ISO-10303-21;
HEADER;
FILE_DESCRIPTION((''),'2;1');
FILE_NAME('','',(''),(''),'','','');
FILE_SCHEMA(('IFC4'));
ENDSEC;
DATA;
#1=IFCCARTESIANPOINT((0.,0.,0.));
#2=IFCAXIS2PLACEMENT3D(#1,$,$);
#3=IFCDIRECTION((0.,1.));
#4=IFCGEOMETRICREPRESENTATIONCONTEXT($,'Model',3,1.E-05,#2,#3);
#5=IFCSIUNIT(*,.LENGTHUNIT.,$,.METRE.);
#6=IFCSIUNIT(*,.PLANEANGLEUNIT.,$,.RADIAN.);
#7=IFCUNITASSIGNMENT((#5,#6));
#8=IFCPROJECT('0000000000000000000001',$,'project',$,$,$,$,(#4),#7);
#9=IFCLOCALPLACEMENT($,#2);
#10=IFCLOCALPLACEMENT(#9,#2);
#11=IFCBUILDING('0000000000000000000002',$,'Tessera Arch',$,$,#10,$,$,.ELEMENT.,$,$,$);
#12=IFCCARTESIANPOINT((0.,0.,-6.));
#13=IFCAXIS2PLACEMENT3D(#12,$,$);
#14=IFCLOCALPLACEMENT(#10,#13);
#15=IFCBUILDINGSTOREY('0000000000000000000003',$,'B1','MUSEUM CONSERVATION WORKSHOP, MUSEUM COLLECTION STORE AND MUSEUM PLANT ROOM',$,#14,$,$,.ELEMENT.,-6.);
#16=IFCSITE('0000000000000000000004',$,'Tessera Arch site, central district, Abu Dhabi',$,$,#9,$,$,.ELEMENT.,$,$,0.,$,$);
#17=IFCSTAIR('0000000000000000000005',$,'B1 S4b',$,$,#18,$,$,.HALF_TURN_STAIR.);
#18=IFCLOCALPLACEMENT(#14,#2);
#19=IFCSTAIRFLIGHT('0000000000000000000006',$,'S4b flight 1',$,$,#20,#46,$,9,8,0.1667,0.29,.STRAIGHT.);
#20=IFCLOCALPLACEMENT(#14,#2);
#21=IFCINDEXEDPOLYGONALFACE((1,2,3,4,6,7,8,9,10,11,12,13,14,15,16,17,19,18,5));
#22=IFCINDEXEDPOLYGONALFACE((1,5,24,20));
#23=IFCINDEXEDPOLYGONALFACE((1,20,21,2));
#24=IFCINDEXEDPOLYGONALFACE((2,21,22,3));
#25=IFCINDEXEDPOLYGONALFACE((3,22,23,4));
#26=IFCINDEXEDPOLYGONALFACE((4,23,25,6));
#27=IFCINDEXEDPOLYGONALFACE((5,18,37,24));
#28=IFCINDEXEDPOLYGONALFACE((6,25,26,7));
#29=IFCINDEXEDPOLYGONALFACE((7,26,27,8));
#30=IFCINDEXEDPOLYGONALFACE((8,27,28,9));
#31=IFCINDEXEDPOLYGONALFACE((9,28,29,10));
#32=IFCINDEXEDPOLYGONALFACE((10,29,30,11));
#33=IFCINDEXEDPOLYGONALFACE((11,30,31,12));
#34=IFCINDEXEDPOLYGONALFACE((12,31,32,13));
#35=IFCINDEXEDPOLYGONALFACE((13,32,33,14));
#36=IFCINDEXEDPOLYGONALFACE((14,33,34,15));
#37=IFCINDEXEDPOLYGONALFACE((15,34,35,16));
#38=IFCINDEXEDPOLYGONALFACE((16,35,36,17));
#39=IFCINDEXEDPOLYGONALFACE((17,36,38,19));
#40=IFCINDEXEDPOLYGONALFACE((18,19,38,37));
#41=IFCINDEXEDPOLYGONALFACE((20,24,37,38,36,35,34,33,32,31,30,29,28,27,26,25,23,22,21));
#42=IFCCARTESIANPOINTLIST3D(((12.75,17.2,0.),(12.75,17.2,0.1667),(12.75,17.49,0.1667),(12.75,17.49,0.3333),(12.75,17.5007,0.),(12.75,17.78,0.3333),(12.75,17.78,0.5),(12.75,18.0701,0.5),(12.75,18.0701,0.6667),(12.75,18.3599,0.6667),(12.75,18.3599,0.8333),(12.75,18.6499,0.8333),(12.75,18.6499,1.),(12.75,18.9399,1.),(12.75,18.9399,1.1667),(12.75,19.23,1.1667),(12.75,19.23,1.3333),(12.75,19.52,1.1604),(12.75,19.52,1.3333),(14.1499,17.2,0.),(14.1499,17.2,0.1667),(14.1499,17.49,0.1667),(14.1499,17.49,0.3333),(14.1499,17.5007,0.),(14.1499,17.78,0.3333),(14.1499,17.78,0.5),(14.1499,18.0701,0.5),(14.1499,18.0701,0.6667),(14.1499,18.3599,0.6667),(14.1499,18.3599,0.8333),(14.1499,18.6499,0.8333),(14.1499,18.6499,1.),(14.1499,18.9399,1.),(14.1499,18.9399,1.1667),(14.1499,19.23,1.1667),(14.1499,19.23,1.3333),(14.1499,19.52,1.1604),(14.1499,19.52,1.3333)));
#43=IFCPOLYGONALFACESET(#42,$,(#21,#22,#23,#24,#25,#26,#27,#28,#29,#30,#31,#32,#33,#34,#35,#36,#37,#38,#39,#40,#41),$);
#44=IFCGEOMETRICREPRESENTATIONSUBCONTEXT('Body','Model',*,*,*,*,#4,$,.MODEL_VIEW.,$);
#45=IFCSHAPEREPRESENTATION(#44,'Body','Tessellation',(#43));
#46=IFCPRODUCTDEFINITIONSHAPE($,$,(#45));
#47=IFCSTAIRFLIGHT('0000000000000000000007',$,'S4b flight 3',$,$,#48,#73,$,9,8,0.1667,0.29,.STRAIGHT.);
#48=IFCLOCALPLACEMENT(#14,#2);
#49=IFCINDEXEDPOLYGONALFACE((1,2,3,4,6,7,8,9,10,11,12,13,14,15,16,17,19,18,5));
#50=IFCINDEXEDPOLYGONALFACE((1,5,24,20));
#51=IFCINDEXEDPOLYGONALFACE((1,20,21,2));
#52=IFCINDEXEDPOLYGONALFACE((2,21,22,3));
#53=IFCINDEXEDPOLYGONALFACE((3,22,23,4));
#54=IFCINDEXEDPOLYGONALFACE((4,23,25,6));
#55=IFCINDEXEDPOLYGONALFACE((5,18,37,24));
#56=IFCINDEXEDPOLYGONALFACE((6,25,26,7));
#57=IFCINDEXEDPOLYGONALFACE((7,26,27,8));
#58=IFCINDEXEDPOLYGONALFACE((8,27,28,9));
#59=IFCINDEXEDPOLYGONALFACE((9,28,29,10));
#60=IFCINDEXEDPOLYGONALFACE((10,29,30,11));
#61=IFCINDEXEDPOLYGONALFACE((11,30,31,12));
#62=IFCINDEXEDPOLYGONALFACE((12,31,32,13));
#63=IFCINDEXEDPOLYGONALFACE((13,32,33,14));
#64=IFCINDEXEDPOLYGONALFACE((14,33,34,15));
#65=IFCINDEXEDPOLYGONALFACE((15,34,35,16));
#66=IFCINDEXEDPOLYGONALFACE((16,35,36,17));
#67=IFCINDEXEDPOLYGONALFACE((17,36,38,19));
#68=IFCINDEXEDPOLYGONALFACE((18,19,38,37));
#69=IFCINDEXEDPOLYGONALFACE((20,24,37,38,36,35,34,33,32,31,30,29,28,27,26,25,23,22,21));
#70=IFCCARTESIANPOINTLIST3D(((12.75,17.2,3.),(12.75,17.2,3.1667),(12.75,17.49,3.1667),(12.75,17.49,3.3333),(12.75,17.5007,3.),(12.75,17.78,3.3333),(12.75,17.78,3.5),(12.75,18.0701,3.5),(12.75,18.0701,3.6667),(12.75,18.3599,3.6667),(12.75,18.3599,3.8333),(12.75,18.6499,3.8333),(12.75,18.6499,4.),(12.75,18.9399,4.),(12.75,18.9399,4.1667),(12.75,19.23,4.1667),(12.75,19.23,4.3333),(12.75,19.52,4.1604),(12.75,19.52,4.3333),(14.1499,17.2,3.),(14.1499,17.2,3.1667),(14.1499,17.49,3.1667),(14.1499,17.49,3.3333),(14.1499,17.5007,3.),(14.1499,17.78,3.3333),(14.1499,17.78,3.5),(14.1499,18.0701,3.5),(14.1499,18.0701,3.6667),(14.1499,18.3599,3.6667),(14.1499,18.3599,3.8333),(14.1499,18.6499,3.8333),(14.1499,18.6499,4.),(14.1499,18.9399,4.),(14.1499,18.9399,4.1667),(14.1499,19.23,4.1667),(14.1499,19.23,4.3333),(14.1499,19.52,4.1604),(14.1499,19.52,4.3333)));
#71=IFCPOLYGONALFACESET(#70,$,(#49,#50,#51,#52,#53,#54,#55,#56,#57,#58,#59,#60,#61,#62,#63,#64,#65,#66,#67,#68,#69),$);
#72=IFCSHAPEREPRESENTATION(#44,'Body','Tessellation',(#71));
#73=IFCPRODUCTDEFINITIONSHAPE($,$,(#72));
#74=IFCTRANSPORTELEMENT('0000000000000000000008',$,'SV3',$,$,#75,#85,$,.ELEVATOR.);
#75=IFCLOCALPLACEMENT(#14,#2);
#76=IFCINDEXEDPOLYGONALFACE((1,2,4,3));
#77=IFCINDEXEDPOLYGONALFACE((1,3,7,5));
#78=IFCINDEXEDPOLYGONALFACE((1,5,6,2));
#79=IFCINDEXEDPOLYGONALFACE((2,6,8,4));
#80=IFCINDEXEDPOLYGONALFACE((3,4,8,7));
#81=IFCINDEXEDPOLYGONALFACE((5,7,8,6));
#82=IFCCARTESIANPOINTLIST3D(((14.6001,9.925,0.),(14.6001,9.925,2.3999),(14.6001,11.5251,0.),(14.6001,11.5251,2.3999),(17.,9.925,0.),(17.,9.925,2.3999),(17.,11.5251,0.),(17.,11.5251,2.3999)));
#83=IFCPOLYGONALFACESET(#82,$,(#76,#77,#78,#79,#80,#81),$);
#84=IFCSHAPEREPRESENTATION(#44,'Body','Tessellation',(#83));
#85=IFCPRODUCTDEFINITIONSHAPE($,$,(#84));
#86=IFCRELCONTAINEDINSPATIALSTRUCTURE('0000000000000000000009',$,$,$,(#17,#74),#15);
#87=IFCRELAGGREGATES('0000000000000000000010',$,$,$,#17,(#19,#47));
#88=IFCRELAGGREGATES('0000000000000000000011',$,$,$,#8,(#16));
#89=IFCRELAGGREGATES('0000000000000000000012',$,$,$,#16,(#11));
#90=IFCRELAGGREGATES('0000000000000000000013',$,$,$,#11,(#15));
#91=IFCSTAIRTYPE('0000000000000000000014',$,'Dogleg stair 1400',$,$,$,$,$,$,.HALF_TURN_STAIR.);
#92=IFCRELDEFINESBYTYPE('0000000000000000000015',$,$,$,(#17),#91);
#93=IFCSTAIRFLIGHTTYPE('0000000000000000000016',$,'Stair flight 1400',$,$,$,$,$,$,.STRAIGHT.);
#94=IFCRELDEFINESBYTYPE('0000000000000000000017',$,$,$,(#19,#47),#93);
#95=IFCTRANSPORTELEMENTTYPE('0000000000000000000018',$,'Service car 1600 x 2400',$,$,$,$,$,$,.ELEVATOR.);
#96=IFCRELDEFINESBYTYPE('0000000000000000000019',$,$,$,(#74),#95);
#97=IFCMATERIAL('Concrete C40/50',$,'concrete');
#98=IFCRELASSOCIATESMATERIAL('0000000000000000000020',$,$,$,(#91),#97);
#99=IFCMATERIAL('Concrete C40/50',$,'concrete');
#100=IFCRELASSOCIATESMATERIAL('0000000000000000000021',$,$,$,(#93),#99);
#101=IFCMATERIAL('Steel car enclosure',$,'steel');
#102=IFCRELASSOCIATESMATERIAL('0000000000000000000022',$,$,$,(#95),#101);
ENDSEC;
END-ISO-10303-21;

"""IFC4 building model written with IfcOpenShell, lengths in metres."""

from ifc_helpers import new_model, si_unit, direction, frame, origin, origin_2d, place, context, subcontext, project, spatial, polyline, rectangle, outline, extrude, material, type_object, element, aggregate, save


model = new_model("IFC4")

# Units and contexts
model_context = context("Model", 3, precision=1e-05, world=origin(), true_north=direction((0.0, 1.0)))
body_context = subcontext(model_context, "Body", "Model", "MODEL_VIEW")
ifc_project = project(units=[si_unit("LENGTHUNIT", "METRE"), si_unit("PLANEANGLEUNIT", "RADIAN")], contexts=[model_context])

# Site, building, storey
site_placement = place(None, origin())
site = spatial("IfcSite", under=ifc_project, at=site_placement, Name="Tessera Arch site, central district, Abu Dhabi", CompositionType="ELEMENT", RefElevation=0.0)
building_placement = place(site_placement, origin())
building = spatial("IfcBuilding", under=site, at=building_placement, Name="Tessera Arch", CompositionType="ELEMENT")
storey_placement = place(building_placement, frame((0.0, 0.0, -6.0)))
storey = spatial("IfcBuildingStorey", under=building, at=storey_placement, Name="B1", Description="MUSEUM CONSERVATION WORKSHOP, MUSEUM COLLECTION STORE AND MUSEUM PLANT ROOM", CompositionType="ELEMENT", Elevation=-6.0)

# Stair, stair flights
ifc_material_1 = material(Name="Concrete C40/50", Category="concrete")
stair_type = type_object("IfcStairType", Name="Dogleg stair 1400", PredefinedType="HALF_TURN_STAIR", material=ifc_material_1)
stair_placement = place(storey_placement, origin())
stair = element("IfcStair", 1, at=stair_placement, inside=storey, type_object=stair_type, Name="B1 S4b", PredefinedType="HALF_TURN_STAIR")
ifc_material_2 = material(Name="Concrete C40/50", Category="concrete")
stair_flight_type = type_object("IfcStairFlightType", Name="Stair flight 1400", PredefinedType="STRAIGHT", material=ifc_material_2)
stair_flight_1_placement = place(storey_placement, frame((13.45, 17.2, 0.0), z_axis=(0.0, 0.0, 1.0), x_axis=(0.0, 1.0, 0.0)))
stair_flight_1 = element("IfcStairFlight", 2, at=stair_flight_1_placement, type_object=stair_flight_type, Name="S4b flight 1", NumberOfRisers=9, NumberOfTreads=8, PredefinedType="STRAIGHT", RiserHeight=0.1667, TreadLength=0.29, context=body_context, shape_type="SweptSolid", body=[
    extrude(outline(polyline([(0.0, 0.0), (0.0, 0.1667), (0.29, 0.1667), (0.29, 0.3333), (0.5801, 0.3333), (0.5801, 0.5), (0.8701, 0.5), (0.8701, 0.6667), (1.1599, 0.6667), (1.1599, 0.8333), (1.45, 0.8333), (1.45, 1.0), (1.74, 1.0), (1.74, 1.1667), (2.03, 1.1667), (2.03, 1.3333), (2.3201, 1.3333), (2.3201, 1.5), (2.3201, 1.1604), (0.3008, 0.0), (0.0, 0.0)])), frame((0.0, 0.7, 0.0), z_axis=(0.0, -1.0, 0.0), x_axis=(1.0, 0.0, 0.0)), (0.0, 0.0, 1.0), 1.3999),
])
stair_flight_2_placement = place(storey_placement, frame((13.45, 17.2, 3.0), z_axis=(0.0, 0.0, 1.0), x_axis=(0.0, 1.0, 0.0)))
stair_flight_2 = element("IfcStairFlight", 3, at=stair_flight_2_placement, type_object=stair_flight_type, Name="S4b flight 3", NumberOfRisers=9, NumberOfTreads=8, PredefinedType="STRAIGHT", RiserHeight=0.1667, TreadLength=0.29, context=body_context, shape_type="SweptSolid", body=[
    extrude(outline(polyline([(0.0, 0.0), (0.0, 0.1667), (0.29, 0.1667), (0.29, 0.3333), (0.5801, 0.3333), (0.5801, 0.5), (0.8701, 0.5), (0.8701, 0.6667), (1.1599, 0.6667), (1.1599, 0.8333), (1.45, 0.8333), (1.45, 1.0), (1.74, 1.0), (1.74, 1.1667), (2.03, 1.1667), (2.03, 1.3333), (2.3201, 1.3333), (2.3201, 1.5), (2.3201, 1.1604), (0.3008, 0.0), (0.0, 0.0)])), frame((0.0, 0.7, 0.0), z_axis=(0.0, -1.0, 0.0), x_axis=(1.0, 0.0, 0.0)), (0.0, 0.0, 1.0), 1.3999),
])
aggregate(stair, [stair_flight_1, stair_flight_2])

# Transport element
ifc_material_3 = material(Name="Steel car enclosure", Category="steel")
transport_element_type = type_object("IfcTransportElementType", Name="Service car 1600 x 2400", PredefinedType="ELEVATOR", material=ifc_material_3)
transport_element_placement = place(storey_placement, frame((15.8, 10.7251, 0.0), z_axis=(0.0, 0.0, 1.0), x_axis=(0.0, 1.0, 0.0)))
element("IfcTransportElement", 4, at=transport_element_placement, inside=storey, type_object=transport_element_type, Name="SV3", PredefinedType="ELEVATOR", context=body_context, shape_type="SweptSolid", body=[
    extrude(rectangle(XDim=1.6001, YDim=2.3999, at=origin_2d()), origin(), (0.0, 0.0, 1.0), 2.3999),
])

save(model, "model.ifc")
